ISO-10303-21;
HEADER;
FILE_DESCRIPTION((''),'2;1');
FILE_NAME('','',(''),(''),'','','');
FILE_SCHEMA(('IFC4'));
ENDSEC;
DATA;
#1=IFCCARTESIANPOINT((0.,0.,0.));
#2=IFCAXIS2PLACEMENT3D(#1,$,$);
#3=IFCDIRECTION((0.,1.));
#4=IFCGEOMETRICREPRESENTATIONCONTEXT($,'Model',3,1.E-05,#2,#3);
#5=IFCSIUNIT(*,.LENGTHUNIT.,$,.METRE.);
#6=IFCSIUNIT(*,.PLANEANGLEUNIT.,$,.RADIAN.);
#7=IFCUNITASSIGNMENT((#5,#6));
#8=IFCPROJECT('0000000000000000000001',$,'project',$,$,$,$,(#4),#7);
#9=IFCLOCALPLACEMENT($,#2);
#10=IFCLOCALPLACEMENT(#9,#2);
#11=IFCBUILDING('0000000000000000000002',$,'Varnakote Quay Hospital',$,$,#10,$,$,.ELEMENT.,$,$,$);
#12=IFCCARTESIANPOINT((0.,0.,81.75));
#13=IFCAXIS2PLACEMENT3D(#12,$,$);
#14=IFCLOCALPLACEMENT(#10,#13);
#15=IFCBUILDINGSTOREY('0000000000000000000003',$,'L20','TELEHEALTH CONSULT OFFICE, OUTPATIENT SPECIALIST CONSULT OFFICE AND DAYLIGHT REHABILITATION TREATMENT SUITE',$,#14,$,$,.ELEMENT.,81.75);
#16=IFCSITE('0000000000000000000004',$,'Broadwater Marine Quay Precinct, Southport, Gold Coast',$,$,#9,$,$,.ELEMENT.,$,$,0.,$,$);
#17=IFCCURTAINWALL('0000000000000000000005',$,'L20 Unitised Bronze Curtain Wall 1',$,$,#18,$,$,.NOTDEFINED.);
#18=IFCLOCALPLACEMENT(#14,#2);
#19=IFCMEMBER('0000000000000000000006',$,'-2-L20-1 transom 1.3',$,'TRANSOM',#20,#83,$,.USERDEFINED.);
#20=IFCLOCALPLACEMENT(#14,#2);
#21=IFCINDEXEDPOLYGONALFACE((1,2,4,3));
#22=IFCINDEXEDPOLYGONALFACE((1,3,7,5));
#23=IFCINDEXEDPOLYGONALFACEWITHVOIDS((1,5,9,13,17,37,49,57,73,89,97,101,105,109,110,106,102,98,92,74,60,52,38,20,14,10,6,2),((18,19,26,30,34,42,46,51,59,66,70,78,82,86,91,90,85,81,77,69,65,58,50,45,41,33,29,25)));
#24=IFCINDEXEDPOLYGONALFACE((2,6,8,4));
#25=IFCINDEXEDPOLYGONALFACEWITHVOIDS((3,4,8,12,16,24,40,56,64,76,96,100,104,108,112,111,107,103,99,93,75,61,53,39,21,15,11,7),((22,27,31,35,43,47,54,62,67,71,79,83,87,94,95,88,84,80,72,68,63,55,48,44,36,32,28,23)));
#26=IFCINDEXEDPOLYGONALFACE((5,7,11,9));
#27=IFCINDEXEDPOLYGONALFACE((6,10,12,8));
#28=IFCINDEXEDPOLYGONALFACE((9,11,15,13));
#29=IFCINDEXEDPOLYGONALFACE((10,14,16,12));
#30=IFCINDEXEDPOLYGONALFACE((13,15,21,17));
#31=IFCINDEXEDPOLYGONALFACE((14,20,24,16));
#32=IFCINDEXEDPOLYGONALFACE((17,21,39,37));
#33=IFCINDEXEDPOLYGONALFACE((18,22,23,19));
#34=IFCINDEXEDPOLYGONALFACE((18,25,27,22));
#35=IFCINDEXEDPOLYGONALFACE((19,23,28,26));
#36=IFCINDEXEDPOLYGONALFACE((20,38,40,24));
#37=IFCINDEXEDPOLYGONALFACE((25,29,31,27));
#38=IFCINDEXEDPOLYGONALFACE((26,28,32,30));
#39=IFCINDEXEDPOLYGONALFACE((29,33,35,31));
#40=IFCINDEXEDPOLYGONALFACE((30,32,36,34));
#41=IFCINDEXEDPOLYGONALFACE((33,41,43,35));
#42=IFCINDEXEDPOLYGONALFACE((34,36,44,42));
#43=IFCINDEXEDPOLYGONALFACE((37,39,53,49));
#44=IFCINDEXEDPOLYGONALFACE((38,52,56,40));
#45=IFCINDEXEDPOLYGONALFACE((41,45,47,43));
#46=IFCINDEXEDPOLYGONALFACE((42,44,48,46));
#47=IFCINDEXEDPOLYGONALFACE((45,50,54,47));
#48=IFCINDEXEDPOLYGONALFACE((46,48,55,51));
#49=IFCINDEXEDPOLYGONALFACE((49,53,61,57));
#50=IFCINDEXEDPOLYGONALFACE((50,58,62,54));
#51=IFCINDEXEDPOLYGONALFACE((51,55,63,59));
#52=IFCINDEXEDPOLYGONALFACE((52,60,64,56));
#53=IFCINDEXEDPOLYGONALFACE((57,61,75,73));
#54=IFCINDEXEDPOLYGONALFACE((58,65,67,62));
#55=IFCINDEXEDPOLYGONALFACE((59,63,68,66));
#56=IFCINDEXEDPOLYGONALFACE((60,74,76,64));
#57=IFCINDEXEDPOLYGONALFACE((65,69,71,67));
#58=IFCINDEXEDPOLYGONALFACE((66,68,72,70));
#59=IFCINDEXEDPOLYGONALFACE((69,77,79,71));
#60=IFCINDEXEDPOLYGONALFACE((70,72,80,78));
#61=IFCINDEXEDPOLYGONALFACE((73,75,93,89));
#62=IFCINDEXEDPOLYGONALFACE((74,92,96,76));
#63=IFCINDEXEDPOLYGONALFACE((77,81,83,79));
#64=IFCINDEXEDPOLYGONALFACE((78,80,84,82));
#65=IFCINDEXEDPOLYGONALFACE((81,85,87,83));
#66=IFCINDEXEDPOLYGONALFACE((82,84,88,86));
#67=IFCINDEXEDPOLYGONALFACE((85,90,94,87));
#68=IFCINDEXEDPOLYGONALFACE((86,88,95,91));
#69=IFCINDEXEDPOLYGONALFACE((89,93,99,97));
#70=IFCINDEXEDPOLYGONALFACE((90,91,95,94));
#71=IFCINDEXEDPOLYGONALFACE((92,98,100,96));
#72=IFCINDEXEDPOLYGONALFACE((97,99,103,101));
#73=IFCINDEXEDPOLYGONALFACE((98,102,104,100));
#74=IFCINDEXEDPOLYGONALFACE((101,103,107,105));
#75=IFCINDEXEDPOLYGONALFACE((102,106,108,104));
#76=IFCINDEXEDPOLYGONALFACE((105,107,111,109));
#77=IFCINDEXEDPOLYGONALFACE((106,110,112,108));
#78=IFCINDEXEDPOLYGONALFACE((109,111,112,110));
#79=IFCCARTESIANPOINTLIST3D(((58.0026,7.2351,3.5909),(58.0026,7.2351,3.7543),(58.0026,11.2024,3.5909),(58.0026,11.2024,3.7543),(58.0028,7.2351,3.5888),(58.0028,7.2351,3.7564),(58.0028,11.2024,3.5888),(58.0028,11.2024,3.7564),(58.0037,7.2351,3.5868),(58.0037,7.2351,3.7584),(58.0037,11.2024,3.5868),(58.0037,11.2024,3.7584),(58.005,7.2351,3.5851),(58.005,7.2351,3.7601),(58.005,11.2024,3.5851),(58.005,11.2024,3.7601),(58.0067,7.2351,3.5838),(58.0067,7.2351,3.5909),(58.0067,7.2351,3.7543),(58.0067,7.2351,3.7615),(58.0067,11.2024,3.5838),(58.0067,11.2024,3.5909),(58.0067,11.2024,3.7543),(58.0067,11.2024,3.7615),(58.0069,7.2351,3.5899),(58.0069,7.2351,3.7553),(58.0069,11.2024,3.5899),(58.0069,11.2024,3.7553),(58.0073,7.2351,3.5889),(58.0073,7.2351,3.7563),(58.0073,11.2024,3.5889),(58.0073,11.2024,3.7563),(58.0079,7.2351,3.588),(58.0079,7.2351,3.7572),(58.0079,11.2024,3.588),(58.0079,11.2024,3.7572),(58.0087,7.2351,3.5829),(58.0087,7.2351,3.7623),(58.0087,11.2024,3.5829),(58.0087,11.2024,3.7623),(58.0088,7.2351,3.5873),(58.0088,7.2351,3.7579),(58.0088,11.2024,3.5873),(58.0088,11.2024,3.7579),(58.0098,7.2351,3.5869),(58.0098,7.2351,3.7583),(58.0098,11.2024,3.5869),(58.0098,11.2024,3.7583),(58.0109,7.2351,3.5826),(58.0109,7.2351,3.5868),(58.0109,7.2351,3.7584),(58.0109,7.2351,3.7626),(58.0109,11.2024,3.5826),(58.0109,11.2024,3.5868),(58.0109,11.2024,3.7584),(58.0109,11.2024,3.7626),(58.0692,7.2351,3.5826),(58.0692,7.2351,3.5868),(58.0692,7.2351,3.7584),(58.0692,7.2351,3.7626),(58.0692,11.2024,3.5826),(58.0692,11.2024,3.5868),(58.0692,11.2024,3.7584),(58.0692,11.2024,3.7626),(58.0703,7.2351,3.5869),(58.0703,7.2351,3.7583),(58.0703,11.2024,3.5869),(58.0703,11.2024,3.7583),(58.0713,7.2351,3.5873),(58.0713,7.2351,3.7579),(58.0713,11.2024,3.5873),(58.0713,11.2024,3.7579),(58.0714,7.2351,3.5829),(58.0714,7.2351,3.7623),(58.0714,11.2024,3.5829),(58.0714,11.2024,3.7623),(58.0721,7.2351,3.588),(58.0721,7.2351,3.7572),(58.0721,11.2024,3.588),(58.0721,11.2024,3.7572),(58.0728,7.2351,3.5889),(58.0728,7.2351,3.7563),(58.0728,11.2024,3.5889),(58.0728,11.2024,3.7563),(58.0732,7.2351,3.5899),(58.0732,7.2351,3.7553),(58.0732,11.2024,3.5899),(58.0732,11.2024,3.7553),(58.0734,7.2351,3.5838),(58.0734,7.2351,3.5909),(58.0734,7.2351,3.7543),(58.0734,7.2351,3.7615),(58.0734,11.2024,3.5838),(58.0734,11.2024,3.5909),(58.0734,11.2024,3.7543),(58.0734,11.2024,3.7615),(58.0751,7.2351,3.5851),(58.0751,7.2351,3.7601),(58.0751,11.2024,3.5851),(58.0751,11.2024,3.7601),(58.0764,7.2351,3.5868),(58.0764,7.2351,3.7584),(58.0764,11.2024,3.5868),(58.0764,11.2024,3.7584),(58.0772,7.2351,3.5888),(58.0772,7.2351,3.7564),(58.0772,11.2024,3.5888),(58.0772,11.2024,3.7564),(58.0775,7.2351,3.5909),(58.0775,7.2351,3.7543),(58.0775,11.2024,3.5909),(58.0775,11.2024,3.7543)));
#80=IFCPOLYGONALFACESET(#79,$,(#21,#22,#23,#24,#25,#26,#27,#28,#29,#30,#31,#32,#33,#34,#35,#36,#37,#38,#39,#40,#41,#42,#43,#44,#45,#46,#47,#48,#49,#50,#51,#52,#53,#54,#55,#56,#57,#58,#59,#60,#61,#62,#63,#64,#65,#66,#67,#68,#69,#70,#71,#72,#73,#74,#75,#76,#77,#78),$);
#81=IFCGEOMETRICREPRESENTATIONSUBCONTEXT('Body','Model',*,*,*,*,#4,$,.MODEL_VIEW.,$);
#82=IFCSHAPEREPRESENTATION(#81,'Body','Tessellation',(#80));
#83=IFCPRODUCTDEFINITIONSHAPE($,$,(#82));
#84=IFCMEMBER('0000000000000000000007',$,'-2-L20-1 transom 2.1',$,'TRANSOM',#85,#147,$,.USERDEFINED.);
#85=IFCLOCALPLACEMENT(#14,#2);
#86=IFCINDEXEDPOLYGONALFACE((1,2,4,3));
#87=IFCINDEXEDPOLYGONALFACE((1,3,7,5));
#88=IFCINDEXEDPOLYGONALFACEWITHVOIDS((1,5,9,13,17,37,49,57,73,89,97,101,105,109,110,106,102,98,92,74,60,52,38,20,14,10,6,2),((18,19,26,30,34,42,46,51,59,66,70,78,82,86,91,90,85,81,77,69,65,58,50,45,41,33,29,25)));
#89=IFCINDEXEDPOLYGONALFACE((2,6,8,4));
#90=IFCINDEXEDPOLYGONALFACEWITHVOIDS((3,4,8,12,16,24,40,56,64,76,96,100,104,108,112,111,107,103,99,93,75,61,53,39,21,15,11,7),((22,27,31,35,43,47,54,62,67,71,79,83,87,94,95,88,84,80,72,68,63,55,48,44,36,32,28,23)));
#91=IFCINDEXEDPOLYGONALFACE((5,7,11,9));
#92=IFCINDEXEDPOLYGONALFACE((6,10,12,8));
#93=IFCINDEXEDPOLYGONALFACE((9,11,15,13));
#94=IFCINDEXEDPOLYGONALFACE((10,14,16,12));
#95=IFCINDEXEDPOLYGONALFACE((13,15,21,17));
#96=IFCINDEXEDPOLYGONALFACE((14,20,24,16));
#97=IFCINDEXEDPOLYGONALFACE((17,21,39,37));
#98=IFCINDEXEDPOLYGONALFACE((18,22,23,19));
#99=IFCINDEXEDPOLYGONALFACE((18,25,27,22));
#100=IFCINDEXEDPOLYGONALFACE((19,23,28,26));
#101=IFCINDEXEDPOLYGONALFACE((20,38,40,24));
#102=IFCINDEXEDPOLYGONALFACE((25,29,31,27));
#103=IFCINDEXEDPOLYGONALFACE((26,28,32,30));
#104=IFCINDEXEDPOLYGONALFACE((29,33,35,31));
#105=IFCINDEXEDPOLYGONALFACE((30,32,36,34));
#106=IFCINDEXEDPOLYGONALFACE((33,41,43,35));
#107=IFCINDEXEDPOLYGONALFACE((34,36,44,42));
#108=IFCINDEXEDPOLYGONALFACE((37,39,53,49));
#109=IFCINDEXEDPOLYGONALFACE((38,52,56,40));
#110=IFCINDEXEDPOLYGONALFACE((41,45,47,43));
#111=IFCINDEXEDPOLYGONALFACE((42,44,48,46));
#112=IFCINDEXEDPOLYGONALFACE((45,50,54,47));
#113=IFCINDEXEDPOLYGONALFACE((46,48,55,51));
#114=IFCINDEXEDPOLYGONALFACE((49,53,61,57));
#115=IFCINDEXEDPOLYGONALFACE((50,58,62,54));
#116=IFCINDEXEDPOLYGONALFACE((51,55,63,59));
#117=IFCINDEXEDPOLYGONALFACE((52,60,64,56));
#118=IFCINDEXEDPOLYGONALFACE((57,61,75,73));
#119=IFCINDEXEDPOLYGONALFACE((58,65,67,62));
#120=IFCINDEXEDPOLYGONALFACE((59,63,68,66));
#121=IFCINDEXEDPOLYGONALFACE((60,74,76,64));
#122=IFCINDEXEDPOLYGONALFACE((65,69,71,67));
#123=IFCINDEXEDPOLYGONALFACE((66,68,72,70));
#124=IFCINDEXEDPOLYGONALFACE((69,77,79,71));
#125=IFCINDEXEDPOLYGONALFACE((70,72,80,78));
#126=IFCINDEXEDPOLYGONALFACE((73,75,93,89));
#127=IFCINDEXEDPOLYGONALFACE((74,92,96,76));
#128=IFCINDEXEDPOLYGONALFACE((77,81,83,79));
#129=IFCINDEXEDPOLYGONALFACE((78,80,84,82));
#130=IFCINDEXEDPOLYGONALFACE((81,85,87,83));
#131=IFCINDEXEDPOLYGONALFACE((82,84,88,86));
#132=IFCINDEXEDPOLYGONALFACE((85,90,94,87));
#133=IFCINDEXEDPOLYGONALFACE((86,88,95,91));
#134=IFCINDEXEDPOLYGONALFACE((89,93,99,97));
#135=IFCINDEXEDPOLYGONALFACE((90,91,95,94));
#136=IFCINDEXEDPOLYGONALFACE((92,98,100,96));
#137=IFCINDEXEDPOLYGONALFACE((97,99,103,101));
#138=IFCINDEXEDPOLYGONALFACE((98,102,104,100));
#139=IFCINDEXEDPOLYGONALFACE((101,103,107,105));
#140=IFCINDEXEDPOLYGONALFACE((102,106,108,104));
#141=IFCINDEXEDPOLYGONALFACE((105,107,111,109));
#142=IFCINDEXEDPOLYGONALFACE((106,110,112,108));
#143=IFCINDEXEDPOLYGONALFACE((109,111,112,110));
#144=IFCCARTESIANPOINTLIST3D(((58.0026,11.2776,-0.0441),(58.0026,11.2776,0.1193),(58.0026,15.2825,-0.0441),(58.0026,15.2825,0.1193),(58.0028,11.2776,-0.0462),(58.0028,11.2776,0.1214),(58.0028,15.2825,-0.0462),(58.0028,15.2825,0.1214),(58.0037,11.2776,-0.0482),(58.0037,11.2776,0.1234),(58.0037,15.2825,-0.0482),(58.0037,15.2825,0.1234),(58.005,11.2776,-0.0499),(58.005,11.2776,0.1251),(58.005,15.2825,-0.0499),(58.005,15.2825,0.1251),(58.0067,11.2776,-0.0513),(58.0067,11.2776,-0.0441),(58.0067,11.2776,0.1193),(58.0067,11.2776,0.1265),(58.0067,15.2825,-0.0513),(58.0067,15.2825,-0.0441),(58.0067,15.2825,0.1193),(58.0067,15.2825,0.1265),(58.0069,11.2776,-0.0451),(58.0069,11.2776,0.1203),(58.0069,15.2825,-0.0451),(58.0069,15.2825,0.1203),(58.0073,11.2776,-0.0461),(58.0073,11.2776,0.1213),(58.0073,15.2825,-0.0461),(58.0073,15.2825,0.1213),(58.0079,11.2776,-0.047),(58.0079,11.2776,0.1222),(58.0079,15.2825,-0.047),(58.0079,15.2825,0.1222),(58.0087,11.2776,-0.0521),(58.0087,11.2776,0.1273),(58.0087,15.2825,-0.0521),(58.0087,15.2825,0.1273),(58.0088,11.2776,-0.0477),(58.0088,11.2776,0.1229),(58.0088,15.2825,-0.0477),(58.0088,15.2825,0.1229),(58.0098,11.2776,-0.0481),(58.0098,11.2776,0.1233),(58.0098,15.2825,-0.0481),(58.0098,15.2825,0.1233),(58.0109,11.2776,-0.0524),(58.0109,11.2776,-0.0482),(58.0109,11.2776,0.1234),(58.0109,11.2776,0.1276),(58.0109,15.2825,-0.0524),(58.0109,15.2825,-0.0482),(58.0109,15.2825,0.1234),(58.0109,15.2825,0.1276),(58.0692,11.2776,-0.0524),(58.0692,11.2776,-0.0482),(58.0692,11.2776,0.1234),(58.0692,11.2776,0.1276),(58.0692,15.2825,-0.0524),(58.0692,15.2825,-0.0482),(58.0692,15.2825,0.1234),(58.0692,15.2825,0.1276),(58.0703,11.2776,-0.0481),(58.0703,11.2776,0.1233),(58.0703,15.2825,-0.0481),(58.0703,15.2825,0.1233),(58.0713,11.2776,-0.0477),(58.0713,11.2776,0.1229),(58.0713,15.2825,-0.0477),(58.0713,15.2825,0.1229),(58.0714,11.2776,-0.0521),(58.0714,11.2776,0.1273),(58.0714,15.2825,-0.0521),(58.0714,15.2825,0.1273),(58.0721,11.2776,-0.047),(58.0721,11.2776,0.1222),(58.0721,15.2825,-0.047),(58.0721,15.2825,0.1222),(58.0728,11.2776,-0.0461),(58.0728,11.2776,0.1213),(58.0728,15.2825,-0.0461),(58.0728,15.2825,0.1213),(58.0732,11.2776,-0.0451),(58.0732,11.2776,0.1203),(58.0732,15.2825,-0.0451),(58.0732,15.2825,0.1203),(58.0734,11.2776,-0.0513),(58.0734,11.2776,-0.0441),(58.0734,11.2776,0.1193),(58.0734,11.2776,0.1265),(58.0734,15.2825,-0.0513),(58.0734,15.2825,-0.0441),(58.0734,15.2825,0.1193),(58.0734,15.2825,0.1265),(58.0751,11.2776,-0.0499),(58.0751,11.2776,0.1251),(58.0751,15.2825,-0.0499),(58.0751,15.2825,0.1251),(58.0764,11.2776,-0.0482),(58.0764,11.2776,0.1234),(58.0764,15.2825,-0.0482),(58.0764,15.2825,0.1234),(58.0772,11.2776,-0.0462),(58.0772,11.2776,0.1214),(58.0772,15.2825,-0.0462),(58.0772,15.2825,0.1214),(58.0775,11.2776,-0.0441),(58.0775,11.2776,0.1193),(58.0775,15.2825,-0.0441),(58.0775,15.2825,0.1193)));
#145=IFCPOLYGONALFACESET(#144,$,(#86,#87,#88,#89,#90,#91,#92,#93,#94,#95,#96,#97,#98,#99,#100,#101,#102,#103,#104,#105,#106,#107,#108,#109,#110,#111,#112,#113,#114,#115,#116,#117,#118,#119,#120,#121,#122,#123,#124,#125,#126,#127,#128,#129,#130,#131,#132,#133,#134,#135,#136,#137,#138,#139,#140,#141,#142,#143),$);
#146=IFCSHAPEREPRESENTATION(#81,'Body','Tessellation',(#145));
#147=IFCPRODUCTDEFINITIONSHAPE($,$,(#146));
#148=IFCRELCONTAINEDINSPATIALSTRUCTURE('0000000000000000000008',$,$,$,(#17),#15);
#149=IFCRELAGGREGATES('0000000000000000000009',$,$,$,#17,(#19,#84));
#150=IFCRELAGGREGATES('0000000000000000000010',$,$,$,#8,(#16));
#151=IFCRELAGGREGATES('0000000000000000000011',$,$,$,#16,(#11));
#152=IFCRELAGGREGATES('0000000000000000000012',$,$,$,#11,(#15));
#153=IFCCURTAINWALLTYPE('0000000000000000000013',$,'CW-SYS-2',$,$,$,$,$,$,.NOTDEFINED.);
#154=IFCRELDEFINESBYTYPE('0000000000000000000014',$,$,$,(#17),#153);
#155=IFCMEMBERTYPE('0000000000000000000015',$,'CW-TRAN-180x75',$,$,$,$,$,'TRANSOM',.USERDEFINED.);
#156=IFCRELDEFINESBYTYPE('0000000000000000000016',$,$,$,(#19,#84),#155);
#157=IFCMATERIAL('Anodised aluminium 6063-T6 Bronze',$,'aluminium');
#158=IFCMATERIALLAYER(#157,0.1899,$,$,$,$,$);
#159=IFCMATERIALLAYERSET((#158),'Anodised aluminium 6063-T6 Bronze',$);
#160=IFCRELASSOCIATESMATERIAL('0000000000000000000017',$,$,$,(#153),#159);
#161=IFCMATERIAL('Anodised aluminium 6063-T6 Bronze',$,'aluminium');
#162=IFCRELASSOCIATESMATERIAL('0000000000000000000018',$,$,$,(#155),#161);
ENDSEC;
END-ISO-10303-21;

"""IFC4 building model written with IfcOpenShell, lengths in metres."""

from ifc_helpers import new_model, si_unit, direction, frame, origin, origin_2d, place, context, subcontext, project, spatial, hollow_rectangle, extrude, material, layer, layer_set, material_profile, profile_set, type_object, element, aggregate, save


model = new_model("IFC4")

# Units and contexts
model_context = context("Model", 3, precision=1e-05, world=origin(), true_north=direction((0.0, 1.0)))
body_context = subcontext(model_context, "Body", "Model", "MODEL_VIEW")
ifc_project = project(units=[si_unit("LENGTHUNIT", "METRE"), si_unit("PLANEANGLEUNIT", "RADIAN")], contexts=[model_context])

# Site, building, storey
site_placement = place(None, origin())
site = spatial("IfcSite", under=ifc_project, at=site_placement, Name="Broadwater Marine Quay Precinct, Southport, Gold Coast", CompositionType="ELEMENT", RefElevation=0.0)
building_placement = place(site_placement, origin())
building = spatial("IfcBuilding", under=site, at=building_placement, Name="Varnakote Quay Hospital", CompositionType="ELEMENT")
storey_placement = place(building_placement, frame((0.0, 0.0, 81.75)))
storey = spatial("IfcBuildingStorey", under=building, at=storey_placement, Name="L20", Description="TELEHEALTH CONSULT OFFICE, OUTPATIENT SPECIALIST CONSULT OFFICE AND DAYLIGHT REHABILITATION TREATMENT SUITE", CompositionType="ELEMENT", Elevation=81.75)

# Curtain wall, members
ifc_material_1 = material(Name="Anodised aluminium 6063-T6 Bronze", Category="aluminium")
ifc_layer_1 = layer(ifc_material_1, 0.1899)
ifc_layer_set_1 = layer_set([ifc_layer_1], Name="Anodised aluminium 6063-T6 Bronze")
curtain_wall_type = type_object("IfcCurtainWallType", Name="CW-SYS-2", PredefinedType="NOTDEFINED", material=ifc_layer_set_1)
curtain_wall_placement = place(storey_placement, origin())
curtain_wall = element("IfcCurtainWall", 1, at=curtain_wall_placement, inside=storey, type_object=curtain_wall_type, Name="L20 Unitised Bronze Curtain Wall 1", PredefinedType="NOTDEFINED")
ifc_material_2 = material(Name="Anodised aluminium 6063-T6 Bronze", Category="aluminium")
ifc_material_profile_1 = material_profile(ifc_material_2, hollow_rectangle(XDim=0.075, YDim=0.1799, WallThickness=0.0042, InnerFilletRadius=0.0042, OuterFilletRadius=0.0083, at=origin_2d()), Name="CW-TRAN-180x75")
ifc_profile_set_1 = profile_set([ifc_material_profile_1], Name="Anodised aluminium 6063-T6 Bronze")
member_type_1 = type_object("IfcMemberType", Name="CW-TRAN-180x75", ElementType="TRANSOM", PredefinedType="USERDEFINED", material=ifc_profile_set_1)
member_1_placement = place(storey_placement, frame((58.04, 7.2351, 3.6726), z_axis=(0.0, 1.0, 0.0), x_axis=(-1.0, 0.0, 0.0)))
member_1 = element("IfcMember", 2, at=member_1_placement, type_object=member_type_1, Name="-2-L20-1 transom 1.3", ObjectType="TRANSOM", PredefinedType="USERDEFINED", context=body_context, shape_type="SweptSolid", body=[
    extrude(hollow_rectangle(XDim=0.075, YDim=0.1799, WallThickness=0.0042, InnerFilletRadius=0.0042, OuterFilletRadius=0.0083, at=origin_2d()), origin(), (0.0, 0.0, 1.0), 3.9673),
])
member_2_placement = place(storey_placement, frame((58.04, 11.2776, 0.0376), z_axis=(0.0, 1.0, 0.0), x_axis=(-1.0, 0.0, 0.0)))
member_2 = element("IfcMember", 3, at=member_2_placement, type_object=member_type_1, Name="-2-L20-1 transom 2.1", ObjectType="TRANSOM", PredefinedType="USERDEFINED", context=body_context, shape_type="SweptSolid", body=[
    extrude(hollow_rectangle(XDim=0.075, YDim=0.1799, WallThickness=0.0042, InnerFilletRadius=0.0042, OuterFilletRadius=0.0083, at=origin_2d()), origin(), (0.0, 0.0, 1.0), 4.0049),
])
aggregate(curtain_wall, [member_1, member_2])

save(model, "model.ifc")
